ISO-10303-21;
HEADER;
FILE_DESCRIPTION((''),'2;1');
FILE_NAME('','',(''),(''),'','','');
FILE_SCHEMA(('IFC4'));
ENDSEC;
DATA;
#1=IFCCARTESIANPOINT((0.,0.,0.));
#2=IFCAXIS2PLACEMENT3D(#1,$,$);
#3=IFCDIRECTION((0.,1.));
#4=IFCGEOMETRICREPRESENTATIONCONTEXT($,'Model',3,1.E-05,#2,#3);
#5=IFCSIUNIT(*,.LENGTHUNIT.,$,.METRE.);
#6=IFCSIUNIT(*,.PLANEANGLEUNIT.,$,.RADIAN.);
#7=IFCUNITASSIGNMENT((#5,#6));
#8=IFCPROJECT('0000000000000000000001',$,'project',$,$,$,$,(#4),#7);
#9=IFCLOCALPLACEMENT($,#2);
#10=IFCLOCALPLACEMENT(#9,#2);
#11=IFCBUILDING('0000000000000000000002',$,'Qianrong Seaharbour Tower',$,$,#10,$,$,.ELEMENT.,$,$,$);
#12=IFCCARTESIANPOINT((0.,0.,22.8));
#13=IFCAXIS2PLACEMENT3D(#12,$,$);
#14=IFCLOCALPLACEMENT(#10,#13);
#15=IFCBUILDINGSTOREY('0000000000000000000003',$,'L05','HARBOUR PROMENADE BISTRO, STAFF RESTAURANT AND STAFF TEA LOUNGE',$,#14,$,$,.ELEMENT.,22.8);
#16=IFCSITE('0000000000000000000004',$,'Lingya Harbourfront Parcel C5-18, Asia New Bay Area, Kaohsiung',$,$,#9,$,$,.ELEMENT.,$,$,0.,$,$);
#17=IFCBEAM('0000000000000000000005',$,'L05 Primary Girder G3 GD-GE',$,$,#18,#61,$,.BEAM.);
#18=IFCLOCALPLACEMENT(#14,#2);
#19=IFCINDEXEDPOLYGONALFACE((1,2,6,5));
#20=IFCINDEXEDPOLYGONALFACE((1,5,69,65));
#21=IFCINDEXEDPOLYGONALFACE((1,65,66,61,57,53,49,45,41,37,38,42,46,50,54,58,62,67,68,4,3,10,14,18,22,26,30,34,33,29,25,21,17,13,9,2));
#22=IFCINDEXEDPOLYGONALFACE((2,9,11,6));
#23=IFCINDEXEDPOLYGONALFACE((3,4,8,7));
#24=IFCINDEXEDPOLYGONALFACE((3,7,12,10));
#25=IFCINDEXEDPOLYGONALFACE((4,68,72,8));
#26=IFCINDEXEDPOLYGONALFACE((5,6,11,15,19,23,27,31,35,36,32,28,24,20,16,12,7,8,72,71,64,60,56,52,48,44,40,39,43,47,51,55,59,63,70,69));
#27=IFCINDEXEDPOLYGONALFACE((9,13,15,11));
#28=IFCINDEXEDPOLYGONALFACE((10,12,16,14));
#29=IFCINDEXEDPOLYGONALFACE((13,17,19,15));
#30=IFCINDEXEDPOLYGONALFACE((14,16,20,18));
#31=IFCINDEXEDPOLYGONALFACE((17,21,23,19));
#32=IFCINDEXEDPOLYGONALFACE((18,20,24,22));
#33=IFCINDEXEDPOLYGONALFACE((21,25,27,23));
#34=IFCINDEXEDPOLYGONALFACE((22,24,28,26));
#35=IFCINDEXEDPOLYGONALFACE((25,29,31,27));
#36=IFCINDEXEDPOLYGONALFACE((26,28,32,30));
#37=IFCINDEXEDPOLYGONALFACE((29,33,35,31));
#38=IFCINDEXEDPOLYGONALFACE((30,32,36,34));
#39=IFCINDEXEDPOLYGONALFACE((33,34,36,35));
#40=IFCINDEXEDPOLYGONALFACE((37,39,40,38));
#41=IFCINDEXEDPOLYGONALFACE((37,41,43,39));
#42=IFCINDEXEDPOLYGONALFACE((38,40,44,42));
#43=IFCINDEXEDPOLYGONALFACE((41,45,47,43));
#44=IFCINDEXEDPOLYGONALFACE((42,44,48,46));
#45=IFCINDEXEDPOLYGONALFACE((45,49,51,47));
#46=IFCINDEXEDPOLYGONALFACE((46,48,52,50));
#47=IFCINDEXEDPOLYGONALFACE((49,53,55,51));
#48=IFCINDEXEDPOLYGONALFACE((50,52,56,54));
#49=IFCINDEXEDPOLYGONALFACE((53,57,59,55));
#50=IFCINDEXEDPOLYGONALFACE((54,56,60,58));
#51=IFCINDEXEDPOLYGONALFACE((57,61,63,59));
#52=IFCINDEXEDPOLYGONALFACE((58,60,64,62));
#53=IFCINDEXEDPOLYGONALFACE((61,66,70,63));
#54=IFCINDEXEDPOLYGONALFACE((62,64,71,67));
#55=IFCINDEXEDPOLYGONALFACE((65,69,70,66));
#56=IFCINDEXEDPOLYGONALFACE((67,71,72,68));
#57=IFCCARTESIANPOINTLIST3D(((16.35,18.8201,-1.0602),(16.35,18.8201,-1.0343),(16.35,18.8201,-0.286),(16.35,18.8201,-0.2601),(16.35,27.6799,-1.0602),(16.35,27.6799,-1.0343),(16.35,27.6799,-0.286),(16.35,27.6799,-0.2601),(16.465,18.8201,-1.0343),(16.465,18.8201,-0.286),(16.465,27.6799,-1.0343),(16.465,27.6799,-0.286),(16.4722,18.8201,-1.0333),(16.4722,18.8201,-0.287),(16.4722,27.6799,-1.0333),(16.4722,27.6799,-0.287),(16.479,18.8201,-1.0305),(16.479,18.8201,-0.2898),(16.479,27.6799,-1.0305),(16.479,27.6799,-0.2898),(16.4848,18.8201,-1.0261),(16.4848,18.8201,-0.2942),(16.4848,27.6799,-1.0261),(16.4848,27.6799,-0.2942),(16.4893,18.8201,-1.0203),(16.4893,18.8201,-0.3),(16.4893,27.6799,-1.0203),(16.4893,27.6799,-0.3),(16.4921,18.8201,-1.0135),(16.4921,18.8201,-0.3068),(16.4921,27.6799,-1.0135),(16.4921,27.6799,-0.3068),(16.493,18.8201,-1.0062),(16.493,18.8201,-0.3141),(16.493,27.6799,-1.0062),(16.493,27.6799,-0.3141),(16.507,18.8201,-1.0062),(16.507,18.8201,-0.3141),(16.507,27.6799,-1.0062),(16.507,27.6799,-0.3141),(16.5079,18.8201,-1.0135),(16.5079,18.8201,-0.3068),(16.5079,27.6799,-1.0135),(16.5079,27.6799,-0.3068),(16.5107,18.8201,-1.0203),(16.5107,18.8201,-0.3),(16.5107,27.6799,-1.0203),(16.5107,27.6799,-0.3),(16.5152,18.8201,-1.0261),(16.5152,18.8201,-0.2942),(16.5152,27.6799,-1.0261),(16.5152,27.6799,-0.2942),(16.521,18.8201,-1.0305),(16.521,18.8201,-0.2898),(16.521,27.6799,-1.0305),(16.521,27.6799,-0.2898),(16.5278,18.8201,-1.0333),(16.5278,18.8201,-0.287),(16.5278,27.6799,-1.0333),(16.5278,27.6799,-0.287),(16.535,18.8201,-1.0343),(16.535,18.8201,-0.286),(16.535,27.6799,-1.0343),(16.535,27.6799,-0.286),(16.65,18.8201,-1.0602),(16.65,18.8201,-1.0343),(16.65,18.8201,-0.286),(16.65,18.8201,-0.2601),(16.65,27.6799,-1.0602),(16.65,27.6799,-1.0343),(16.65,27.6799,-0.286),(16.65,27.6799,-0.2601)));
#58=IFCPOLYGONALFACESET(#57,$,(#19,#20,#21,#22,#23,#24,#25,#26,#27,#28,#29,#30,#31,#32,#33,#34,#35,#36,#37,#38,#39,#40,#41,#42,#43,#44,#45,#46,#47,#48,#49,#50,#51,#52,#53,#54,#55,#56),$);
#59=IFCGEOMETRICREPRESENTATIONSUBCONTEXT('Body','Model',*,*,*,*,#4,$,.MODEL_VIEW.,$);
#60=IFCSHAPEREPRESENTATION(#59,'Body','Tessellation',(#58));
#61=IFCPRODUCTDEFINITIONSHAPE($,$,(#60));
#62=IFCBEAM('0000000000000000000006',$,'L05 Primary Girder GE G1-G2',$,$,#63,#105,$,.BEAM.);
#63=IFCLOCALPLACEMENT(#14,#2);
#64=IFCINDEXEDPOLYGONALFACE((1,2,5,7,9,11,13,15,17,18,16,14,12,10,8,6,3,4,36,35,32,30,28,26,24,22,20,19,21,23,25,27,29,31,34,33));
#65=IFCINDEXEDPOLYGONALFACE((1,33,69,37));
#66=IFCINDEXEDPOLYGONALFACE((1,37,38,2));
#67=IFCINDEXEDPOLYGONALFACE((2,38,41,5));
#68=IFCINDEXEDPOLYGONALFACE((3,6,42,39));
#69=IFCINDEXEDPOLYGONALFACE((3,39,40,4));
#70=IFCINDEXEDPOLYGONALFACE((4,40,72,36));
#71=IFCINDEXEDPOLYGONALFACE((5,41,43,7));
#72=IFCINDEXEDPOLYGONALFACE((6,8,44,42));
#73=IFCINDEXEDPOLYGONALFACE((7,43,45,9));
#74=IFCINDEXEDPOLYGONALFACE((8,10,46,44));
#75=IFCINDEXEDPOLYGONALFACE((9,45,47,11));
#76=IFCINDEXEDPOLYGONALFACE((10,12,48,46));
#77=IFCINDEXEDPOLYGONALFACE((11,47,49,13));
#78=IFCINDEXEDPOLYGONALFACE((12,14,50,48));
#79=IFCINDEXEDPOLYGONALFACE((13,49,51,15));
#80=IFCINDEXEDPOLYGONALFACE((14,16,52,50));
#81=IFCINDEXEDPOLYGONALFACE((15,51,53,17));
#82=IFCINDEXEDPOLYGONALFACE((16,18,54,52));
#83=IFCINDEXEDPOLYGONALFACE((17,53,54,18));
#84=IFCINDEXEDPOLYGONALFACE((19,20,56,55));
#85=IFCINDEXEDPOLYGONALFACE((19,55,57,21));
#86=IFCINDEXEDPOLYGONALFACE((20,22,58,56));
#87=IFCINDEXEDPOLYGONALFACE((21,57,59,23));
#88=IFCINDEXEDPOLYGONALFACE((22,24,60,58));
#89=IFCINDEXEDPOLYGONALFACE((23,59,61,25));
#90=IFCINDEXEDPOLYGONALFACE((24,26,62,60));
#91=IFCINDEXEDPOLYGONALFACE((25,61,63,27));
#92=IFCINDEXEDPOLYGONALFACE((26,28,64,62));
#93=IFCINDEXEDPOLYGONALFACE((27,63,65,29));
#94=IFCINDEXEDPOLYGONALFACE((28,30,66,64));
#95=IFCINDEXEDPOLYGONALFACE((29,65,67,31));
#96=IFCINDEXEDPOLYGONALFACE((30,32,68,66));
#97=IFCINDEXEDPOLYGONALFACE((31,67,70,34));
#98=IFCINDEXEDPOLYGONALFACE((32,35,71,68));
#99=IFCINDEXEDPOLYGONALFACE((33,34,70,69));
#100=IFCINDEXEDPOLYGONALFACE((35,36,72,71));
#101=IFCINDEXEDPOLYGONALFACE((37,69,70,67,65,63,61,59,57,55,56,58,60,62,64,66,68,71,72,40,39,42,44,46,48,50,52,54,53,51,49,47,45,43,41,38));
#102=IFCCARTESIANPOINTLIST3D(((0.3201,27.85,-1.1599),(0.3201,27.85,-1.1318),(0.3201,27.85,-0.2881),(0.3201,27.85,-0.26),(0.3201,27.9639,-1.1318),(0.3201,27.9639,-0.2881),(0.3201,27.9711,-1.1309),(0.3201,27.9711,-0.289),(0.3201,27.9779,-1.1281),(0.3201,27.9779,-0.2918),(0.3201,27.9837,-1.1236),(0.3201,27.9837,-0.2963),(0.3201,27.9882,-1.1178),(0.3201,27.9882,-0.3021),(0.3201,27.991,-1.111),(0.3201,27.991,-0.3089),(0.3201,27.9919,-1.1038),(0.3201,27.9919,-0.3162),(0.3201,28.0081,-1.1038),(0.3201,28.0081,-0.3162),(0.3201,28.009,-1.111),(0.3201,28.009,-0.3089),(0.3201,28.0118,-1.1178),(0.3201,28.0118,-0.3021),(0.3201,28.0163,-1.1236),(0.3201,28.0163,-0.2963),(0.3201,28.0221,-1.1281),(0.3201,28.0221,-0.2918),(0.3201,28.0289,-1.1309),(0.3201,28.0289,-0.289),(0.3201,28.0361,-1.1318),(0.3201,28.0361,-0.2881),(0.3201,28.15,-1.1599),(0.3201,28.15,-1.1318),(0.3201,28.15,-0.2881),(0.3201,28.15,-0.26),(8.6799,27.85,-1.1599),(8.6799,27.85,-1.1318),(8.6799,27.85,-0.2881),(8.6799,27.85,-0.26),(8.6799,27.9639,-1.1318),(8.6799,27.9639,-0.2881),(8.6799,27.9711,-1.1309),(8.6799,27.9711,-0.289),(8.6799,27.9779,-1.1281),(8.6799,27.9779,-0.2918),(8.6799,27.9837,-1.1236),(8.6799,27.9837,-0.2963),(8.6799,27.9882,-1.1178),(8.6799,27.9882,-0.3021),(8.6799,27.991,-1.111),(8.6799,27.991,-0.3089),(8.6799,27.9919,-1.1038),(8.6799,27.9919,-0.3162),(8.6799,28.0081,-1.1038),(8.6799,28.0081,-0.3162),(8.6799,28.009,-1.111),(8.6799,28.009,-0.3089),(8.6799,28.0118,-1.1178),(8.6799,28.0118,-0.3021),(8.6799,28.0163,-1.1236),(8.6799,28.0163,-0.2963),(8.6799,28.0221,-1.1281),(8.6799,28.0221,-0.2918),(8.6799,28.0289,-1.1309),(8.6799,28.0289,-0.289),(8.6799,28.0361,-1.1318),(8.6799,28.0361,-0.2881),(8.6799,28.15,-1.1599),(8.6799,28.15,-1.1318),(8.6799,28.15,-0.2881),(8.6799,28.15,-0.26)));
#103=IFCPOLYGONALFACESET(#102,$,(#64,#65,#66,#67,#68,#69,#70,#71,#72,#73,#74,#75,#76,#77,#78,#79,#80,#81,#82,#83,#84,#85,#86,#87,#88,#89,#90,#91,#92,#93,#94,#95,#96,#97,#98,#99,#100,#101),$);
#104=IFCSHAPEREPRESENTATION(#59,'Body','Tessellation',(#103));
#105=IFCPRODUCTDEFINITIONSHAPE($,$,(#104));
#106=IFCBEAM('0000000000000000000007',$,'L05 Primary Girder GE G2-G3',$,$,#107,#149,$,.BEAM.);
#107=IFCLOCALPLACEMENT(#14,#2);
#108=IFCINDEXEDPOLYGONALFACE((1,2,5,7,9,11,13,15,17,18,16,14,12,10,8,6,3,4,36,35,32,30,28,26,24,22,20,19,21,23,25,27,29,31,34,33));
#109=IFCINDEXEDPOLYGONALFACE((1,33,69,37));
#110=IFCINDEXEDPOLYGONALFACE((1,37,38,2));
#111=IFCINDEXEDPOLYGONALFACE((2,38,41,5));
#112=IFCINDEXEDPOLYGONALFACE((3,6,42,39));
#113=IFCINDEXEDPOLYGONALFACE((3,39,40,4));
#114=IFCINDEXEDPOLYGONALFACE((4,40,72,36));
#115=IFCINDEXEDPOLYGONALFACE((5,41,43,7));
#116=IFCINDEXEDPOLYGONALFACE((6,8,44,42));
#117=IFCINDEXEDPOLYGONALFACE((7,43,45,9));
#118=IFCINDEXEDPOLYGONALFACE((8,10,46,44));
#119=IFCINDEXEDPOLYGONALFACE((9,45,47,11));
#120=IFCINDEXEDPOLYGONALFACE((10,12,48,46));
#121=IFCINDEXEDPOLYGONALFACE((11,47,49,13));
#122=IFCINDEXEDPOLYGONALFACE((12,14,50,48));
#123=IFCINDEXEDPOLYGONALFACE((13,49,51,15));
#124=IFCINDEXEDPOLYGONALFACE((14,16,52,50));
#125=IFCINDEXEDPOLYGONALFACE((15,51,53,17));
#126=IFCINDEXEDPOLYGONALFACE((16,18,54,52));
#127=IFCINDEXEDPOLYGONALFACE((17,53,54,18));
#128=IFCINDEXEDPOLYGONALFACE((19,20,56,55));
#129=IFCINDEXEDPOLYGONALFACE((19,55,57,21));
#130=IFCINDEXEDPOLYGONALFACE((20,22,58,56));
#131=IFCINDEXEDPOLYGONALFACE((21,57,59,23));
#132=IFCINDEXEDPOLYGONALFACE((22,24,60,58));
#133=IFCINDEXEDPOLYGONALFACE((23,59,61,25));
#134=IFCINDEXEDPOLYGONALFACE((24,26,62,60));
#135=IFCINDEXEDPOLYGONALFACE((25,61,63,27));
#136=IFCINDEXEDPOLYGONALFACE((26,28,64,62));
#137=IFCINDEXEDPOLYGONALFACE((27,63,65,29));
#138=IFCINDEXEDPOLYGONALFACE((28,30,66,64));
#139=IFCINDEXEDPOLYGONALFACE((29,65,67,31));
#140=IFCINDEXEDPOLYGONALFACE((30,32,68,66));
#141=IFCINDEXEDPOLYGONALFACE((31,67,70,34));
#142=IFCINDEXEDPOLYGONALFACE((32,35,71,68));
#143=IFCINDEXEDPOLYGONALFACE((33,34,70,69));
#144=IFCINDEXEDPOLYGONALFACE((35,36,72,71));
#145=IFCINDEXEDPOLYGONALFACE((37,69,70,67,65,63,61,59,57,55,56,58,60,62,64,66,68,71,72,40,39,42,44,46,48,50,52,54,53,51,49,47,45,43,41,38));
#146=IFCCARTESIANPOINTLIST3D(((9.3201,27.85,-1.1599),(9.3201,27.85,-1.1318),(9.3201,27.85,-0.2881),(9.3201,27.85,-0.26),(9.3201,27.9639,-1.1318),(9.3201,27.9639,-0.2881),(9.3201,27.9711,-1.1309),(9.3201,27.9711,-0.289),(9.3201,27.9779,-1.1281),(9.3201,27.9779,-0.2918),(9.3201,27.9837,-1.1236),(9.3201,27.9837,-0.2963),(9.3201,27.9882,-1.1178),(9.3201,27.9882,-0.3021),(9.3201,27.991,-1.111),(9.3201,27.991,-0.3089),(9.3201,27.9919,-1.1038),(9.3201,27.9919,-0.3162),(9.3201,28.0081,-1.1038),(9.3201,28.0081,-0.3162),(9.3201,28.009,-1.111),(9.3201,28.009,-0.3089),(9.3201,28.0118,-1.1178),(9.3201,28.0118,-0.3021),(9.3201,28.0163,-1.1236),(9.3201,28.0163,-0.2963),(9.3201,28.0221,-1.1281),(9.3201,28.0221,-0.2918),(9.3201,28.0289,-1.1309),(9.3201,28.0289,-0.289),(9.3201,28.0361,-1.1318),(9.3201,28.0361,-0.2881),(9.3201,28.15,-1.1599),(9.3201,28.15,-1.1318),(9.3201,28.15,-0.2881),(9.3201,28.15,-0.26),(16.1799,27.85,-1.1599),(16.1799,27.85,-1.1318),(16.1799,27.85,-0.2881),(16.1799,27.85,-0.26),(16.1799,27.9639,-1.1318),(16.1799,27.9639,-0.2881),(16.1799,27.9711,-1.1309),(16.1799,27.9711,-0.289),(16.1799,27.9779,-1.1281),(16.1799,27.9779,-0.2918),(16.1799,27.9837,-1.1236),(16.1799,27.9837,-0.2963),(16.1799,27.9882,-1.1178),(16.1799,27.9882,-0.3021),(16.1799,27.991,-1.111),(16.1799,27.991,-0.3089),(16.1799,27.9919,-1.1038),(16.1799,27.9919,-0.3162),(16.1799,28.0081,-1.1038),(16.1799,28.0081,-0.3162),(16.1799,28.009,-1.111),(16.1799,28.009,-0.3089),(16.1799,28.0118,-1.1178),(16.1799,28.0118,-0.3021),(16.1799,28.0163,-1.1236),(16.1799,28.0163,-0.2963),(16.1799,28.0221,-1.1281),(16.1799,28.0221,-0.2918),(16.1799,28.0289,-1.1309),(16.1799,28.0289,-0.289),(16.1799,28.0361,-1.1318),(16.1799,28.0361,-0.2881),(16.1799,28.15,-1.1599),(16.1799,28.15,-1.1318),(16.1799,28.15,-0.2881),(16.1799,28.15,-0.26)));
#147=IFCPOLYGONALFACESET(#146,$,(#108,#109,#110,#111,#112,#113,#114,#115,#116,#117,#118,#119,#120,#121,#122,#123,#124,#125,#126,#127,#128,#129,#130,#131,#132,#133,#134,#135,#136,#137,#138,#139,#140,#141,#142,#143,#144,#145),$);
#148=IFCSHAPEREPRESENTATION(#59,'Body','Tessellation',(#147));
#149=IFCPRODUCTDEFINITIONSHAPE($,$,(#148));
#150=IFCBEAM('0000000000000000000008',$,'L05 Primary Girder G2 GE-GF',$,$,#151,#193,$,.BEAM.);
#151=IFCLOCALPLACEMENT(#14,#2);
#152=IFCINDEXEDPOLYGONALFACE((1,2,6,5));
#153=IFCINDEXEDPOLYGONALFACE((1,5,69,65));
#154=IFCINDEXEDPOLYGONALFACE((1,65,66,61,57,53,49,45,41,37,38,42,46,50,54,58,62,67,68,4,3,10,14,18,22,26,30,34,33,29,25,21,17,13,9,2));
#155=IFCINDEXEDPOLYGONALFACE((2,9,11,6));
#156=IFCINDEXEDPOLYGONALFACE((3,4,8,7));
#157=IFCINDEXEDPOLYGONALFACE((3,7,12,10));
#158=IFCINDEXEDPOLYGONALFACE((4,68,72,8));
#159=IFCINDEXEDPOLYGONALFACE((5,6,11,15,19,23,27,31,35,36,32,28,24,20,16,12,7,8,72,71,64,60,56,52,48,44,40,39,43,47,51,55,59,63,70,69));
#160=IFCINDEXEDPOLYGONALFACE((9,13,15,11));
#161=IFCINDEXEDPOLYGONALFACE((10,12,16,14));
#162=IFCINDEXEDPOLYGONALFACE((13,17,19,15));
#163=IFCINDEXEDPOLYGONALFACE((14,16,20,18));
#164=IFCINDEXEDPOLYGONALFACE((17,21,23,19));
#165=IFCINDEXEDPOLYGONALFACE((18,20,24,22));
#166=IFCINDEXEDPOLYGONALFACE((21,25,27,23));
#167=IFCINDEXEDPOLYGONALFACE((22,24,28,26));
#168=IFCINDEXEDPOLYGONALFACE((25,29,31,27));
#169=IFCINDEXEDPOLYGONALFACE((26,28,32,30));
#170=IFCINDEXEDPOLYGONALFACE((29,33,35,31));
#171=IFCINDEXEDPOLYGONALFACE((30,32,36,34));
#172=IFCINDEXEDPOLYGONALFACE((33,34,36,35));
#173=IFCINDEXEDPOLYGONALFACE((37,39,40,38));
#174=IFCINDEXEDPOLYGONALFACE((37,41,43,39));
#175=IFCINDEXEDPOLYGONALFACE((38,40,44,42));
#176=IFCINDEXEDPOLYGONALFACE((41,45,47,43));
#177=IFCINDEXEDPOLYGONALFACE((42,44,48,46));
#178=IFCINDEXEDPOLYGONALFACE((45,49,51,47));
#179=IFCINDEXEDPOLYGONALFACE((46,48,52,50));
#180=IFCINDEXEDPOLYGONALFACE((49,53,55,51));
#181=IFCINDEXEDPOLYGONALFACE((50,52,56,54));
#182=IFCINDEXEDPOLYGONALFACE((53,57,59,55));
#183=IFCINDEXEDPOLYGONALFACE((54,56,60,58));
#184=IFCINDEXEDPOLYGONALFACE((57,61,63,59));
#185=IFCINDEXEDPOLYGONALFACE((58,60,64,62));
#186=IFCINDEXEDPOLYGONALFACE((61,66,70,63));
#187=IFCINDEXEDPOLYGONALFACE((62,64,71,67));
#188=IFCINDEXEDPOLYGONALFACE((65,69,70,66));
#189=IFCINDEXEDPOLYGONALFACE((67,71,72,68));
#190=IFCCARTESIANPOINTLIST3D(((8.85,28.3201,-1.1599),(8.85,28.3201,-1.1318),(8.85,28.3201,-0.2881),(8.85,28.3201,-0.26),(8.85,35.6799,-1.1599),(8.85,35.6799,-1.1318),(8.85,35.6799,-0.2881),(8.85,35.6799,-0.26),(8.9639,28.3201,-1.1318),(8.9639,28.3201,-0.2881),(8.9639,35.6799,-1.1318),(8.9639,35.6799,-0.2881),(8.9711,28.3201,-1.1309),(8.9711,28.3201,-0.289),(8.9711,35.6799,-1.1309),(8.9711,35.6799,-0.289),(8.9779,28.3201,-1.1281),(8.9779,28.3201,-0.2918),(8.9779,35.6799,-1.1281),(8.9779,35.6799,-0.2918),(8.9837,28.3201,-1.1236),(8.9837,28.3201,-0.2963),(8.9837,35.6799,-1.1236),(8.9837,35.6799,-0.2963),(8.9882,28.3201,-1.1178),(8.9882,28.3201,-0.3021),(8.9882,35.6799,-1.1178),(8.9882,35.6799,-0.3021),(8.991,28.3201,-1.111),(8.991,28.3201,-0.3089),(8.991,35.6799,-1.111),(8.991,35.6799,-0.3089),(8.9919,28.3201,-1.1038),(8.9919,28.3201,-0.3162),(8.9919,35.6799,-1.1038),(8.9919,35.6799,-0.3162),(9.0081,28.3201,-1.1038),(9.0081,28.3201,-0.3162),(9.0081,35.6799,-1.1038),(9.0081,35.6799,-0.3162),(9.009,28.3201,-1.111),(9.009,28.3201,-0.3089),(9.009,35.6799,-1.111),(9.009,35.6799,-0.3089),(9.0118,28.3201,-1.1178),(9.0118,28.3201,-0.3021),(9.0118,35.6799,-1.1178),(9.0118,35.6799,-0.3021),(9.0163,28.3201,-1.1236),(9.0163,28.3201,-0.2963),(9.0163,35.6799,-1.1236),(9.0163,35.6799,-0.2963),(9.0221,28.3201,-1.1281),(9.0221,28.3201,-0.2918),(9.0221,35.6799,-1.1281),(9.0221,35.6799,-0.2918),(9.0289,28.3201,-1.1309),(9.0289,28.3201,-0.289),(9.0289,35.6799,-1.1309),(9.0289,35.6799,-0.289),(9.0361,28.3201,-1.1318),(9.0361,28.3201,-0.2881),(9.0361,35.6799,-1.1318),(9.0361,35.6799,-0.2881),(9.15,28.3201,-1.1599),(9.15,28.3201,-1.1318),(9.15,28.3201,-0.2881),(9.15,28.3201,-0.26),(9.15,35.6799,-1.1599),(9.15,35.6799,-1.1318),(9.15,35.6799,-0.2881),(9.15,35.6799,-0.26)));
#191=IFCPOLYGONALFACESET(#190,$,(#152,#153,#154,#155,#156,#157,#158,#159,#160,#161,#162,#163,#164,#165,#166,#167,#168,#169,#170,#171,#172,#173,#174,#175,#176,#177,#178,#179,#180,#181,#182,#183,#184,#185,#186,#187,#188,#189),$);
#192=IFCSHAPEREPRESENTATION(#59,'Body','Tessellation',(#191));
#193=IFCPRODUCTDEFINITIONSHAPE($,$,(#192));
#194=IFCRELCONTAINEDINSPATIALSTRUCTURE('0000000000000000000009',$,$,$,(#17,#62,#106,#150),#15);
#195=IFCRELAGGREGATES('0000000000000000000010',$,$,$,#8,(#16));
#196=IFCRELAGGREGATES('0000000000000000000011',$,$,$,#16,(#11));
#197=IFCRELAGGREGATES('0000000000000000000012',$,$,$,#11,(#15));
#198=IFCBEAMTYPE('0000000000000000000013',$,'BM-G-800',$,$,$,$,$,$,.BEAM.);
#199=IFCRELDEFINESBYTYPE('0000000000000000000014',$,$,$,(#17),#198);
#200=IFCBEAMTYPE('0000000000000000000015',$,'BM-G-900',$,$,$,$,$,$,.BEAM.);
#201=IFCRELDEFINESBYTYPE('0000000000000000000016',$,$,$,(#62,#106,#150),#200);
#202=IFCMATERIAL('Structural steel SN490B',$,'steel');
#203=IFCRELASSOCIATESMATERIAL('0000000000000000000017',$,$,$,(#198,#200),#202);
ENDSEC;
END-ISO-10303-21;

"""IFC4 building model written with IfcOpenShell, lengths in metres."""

from ifc_helpers import new_model, si_unit, direction, frame, origin, origin_2d, place, context, subcontext, project, spatial, i_section, extrude, material, material_profile, profile_set, type_object, element, save


model = new_model("IFC4")

# Units and contexts
model_context = context("Model", 3, precision=1e-05, world=origin(), true_north=direction((0.0, 1.0)))
body_context = subcontext(model_context, "Body", "Model", "MODEL_VIEW")
ifc_project = project(units=[si_unit("LENGTHUNIT", "METRE"), si_unit("PLANEANGLEUNIT", "RADIAN")], contexts=[model_context])

# Site, building, storey
site_placement = place(None, origin())
site = spatial("IfcSite", under=ifc_project, at=site_placement, Name="Lingya Harbourfront Parcel C5-18, Asia New Bay Area, Kaohsiung", CompositionType="ELEMENT", RefElevation=0.0)
building_placement = place(site_placement, origin())
building = spatial("IfcBuilding", under=site, at=building_placement, Name="Qianrong Seaharbour Tower", CompositionType="ELEMENT")
storey_placement = place(building_placement, frame((0.0, 0.0, 22.8)))
storey = spatial("IfcBuildingStorey", under=building, at=storey_placement, Name="L05", Description="HARBOUR PROMENADE BISTRO, STAFF RESTAURANT AND STAFF TEA LOUNGE", CompositionType="ELEMENT", Elevation=22.8)

# Shared definitions
ifc_material_1 = material(Name="Structural steel SN490B", Category="steel")

# Beams
ifc_material_profile_1 = material_profile(ifc_material_1, i_section(OverallWidth=0.3, OverallDepth=0.8, WebThickness=0.0139, FlangeThickness=0.0259, FilletRadius=0.0281, at=origin_2d()), Name="H800x300x14x26")
ifc_profile_set_1 = profile_set([ifc_material_profile_1], Name="Structural steel SN490B")
beam_type_1 = type_object("IfcBeamType", Name="BM-G-800", PredefinedType="BEAM", material=ifc_profile_set_1)
for number, where, z_axis, x_axis, name in (
    (1, (16.5, 18.8201, -0.6602), (0.0, 1.0, 0.0), (-1.0, 0.0, 0.0), "L05 Primary Girder G3 GD-GE"),
):
    element("IfcBeam", number, at=place(storey_placement, frame(where, z_axis=z_axis, x_axis=x_axis)), inside=storey, type_object=beam_type_1, Name=name, PredefinedType="BEAM", context=body_context, shape_type="SweptSolid", body=[
        extrude(i_section(OverallWidth=0.3, OverallDepth=0.8, WebThickness=0.0139, FlangeThickness=0.0259, FilletRadius=0.0281, at=origin_2d()), origin(), (0.0, 0.0, 1.0), 8.8599),
    ])
ifc_material_profile_2 = material_profile(ifc_material_1, i_section(OverallWidth=0.3, OverallDepth=0.8999, WebThickness=0.0161, FlangeThickness=0.0281, FilletRadius=0.0281, at=origin_2d()), Name="H900x300x16x28")
ifc_profile_set_2 = profile_set([ifc_material_profile_2], Name="Structural steel SN490B")
beam_type_2 = type_object("IfcBeamType", Name="BM-G-900", PredefinedType="BEAM", material=ifc_profile_set_2)
beam_1_placement = place(storey_placement, frame((0.3201, 28.0, -0.71), z_axis=(1.0, 0.0, 0.0), x_axis=(0.0, 1.0, 0.0)))
element("IfcBeam", 2, at=beam_1_placement, inside=storey, type_object=beam_type_2, Name="L05 Primary Girder GE G1-G2", PredefinedType="BEAM", context=body_context, shape_type="SweptSolid", body=[
    extrude(i_section(OverallWidth=0.3, OverallDepth=0.8999, WebThickness=0.0161, FlangeThickness=0.0281, FilletRadius=0.0281, at=origin_2d()), origin(), (0.0, 0.0, 1.0), 8.3599),
])
beam_2_placement = place(storey_placement, frame((9.3201, 28.0, -0.71), z_axis=(1.0, 0.0, 0.0), x_axis=(0.0, 1.0, 0.0)))
element("IfcBeam", 3, at=beam_2_placement, inside=storey, type_object=beam_type_2, Name="L05 Primary Girder GE G2-G3", PredefinedType="BEAM", context=body_context, shape_type="SweptSolid", body=[
    extrude(i_section(OverallWidth=0.3, OverallDepth=0.8999, WebThickness=0.0161, FlangeThickness=0.0281, FilletRadius=0.0281, at=origin_2d()), origin(), (0.0, 0.0, 1.0), 6.8599),
])
for number, where, z_axis, x_axis, name in (
    (4, (9.0, 28.3201, -0.71), (0.0, 1.0, 0.0), (-1.0, 0.0, 0.0), "L05 Primary Girder G2 GE-GF"),
):
    element("IfcBeam", number, at=place(storey_placement, frame(where, z_axis=z_axis, x_axis=x_axis)), inside=storey, type_object=beam_type_2, Name=name, PredefinedType="BEAM", context=body_context, shape_type="SweptSolid", body=[
        extrude(i_section(OverallWidth=0.3, OverallDepth=0.8999, WebThickness=0.0161, FlangeThickness=0.0281, FilletRadius=0.0281, at=origin_2d()), origin(), (0.0, 0.0, 1.0), 7.3599),
    ])

save(model, "model.ifc")
